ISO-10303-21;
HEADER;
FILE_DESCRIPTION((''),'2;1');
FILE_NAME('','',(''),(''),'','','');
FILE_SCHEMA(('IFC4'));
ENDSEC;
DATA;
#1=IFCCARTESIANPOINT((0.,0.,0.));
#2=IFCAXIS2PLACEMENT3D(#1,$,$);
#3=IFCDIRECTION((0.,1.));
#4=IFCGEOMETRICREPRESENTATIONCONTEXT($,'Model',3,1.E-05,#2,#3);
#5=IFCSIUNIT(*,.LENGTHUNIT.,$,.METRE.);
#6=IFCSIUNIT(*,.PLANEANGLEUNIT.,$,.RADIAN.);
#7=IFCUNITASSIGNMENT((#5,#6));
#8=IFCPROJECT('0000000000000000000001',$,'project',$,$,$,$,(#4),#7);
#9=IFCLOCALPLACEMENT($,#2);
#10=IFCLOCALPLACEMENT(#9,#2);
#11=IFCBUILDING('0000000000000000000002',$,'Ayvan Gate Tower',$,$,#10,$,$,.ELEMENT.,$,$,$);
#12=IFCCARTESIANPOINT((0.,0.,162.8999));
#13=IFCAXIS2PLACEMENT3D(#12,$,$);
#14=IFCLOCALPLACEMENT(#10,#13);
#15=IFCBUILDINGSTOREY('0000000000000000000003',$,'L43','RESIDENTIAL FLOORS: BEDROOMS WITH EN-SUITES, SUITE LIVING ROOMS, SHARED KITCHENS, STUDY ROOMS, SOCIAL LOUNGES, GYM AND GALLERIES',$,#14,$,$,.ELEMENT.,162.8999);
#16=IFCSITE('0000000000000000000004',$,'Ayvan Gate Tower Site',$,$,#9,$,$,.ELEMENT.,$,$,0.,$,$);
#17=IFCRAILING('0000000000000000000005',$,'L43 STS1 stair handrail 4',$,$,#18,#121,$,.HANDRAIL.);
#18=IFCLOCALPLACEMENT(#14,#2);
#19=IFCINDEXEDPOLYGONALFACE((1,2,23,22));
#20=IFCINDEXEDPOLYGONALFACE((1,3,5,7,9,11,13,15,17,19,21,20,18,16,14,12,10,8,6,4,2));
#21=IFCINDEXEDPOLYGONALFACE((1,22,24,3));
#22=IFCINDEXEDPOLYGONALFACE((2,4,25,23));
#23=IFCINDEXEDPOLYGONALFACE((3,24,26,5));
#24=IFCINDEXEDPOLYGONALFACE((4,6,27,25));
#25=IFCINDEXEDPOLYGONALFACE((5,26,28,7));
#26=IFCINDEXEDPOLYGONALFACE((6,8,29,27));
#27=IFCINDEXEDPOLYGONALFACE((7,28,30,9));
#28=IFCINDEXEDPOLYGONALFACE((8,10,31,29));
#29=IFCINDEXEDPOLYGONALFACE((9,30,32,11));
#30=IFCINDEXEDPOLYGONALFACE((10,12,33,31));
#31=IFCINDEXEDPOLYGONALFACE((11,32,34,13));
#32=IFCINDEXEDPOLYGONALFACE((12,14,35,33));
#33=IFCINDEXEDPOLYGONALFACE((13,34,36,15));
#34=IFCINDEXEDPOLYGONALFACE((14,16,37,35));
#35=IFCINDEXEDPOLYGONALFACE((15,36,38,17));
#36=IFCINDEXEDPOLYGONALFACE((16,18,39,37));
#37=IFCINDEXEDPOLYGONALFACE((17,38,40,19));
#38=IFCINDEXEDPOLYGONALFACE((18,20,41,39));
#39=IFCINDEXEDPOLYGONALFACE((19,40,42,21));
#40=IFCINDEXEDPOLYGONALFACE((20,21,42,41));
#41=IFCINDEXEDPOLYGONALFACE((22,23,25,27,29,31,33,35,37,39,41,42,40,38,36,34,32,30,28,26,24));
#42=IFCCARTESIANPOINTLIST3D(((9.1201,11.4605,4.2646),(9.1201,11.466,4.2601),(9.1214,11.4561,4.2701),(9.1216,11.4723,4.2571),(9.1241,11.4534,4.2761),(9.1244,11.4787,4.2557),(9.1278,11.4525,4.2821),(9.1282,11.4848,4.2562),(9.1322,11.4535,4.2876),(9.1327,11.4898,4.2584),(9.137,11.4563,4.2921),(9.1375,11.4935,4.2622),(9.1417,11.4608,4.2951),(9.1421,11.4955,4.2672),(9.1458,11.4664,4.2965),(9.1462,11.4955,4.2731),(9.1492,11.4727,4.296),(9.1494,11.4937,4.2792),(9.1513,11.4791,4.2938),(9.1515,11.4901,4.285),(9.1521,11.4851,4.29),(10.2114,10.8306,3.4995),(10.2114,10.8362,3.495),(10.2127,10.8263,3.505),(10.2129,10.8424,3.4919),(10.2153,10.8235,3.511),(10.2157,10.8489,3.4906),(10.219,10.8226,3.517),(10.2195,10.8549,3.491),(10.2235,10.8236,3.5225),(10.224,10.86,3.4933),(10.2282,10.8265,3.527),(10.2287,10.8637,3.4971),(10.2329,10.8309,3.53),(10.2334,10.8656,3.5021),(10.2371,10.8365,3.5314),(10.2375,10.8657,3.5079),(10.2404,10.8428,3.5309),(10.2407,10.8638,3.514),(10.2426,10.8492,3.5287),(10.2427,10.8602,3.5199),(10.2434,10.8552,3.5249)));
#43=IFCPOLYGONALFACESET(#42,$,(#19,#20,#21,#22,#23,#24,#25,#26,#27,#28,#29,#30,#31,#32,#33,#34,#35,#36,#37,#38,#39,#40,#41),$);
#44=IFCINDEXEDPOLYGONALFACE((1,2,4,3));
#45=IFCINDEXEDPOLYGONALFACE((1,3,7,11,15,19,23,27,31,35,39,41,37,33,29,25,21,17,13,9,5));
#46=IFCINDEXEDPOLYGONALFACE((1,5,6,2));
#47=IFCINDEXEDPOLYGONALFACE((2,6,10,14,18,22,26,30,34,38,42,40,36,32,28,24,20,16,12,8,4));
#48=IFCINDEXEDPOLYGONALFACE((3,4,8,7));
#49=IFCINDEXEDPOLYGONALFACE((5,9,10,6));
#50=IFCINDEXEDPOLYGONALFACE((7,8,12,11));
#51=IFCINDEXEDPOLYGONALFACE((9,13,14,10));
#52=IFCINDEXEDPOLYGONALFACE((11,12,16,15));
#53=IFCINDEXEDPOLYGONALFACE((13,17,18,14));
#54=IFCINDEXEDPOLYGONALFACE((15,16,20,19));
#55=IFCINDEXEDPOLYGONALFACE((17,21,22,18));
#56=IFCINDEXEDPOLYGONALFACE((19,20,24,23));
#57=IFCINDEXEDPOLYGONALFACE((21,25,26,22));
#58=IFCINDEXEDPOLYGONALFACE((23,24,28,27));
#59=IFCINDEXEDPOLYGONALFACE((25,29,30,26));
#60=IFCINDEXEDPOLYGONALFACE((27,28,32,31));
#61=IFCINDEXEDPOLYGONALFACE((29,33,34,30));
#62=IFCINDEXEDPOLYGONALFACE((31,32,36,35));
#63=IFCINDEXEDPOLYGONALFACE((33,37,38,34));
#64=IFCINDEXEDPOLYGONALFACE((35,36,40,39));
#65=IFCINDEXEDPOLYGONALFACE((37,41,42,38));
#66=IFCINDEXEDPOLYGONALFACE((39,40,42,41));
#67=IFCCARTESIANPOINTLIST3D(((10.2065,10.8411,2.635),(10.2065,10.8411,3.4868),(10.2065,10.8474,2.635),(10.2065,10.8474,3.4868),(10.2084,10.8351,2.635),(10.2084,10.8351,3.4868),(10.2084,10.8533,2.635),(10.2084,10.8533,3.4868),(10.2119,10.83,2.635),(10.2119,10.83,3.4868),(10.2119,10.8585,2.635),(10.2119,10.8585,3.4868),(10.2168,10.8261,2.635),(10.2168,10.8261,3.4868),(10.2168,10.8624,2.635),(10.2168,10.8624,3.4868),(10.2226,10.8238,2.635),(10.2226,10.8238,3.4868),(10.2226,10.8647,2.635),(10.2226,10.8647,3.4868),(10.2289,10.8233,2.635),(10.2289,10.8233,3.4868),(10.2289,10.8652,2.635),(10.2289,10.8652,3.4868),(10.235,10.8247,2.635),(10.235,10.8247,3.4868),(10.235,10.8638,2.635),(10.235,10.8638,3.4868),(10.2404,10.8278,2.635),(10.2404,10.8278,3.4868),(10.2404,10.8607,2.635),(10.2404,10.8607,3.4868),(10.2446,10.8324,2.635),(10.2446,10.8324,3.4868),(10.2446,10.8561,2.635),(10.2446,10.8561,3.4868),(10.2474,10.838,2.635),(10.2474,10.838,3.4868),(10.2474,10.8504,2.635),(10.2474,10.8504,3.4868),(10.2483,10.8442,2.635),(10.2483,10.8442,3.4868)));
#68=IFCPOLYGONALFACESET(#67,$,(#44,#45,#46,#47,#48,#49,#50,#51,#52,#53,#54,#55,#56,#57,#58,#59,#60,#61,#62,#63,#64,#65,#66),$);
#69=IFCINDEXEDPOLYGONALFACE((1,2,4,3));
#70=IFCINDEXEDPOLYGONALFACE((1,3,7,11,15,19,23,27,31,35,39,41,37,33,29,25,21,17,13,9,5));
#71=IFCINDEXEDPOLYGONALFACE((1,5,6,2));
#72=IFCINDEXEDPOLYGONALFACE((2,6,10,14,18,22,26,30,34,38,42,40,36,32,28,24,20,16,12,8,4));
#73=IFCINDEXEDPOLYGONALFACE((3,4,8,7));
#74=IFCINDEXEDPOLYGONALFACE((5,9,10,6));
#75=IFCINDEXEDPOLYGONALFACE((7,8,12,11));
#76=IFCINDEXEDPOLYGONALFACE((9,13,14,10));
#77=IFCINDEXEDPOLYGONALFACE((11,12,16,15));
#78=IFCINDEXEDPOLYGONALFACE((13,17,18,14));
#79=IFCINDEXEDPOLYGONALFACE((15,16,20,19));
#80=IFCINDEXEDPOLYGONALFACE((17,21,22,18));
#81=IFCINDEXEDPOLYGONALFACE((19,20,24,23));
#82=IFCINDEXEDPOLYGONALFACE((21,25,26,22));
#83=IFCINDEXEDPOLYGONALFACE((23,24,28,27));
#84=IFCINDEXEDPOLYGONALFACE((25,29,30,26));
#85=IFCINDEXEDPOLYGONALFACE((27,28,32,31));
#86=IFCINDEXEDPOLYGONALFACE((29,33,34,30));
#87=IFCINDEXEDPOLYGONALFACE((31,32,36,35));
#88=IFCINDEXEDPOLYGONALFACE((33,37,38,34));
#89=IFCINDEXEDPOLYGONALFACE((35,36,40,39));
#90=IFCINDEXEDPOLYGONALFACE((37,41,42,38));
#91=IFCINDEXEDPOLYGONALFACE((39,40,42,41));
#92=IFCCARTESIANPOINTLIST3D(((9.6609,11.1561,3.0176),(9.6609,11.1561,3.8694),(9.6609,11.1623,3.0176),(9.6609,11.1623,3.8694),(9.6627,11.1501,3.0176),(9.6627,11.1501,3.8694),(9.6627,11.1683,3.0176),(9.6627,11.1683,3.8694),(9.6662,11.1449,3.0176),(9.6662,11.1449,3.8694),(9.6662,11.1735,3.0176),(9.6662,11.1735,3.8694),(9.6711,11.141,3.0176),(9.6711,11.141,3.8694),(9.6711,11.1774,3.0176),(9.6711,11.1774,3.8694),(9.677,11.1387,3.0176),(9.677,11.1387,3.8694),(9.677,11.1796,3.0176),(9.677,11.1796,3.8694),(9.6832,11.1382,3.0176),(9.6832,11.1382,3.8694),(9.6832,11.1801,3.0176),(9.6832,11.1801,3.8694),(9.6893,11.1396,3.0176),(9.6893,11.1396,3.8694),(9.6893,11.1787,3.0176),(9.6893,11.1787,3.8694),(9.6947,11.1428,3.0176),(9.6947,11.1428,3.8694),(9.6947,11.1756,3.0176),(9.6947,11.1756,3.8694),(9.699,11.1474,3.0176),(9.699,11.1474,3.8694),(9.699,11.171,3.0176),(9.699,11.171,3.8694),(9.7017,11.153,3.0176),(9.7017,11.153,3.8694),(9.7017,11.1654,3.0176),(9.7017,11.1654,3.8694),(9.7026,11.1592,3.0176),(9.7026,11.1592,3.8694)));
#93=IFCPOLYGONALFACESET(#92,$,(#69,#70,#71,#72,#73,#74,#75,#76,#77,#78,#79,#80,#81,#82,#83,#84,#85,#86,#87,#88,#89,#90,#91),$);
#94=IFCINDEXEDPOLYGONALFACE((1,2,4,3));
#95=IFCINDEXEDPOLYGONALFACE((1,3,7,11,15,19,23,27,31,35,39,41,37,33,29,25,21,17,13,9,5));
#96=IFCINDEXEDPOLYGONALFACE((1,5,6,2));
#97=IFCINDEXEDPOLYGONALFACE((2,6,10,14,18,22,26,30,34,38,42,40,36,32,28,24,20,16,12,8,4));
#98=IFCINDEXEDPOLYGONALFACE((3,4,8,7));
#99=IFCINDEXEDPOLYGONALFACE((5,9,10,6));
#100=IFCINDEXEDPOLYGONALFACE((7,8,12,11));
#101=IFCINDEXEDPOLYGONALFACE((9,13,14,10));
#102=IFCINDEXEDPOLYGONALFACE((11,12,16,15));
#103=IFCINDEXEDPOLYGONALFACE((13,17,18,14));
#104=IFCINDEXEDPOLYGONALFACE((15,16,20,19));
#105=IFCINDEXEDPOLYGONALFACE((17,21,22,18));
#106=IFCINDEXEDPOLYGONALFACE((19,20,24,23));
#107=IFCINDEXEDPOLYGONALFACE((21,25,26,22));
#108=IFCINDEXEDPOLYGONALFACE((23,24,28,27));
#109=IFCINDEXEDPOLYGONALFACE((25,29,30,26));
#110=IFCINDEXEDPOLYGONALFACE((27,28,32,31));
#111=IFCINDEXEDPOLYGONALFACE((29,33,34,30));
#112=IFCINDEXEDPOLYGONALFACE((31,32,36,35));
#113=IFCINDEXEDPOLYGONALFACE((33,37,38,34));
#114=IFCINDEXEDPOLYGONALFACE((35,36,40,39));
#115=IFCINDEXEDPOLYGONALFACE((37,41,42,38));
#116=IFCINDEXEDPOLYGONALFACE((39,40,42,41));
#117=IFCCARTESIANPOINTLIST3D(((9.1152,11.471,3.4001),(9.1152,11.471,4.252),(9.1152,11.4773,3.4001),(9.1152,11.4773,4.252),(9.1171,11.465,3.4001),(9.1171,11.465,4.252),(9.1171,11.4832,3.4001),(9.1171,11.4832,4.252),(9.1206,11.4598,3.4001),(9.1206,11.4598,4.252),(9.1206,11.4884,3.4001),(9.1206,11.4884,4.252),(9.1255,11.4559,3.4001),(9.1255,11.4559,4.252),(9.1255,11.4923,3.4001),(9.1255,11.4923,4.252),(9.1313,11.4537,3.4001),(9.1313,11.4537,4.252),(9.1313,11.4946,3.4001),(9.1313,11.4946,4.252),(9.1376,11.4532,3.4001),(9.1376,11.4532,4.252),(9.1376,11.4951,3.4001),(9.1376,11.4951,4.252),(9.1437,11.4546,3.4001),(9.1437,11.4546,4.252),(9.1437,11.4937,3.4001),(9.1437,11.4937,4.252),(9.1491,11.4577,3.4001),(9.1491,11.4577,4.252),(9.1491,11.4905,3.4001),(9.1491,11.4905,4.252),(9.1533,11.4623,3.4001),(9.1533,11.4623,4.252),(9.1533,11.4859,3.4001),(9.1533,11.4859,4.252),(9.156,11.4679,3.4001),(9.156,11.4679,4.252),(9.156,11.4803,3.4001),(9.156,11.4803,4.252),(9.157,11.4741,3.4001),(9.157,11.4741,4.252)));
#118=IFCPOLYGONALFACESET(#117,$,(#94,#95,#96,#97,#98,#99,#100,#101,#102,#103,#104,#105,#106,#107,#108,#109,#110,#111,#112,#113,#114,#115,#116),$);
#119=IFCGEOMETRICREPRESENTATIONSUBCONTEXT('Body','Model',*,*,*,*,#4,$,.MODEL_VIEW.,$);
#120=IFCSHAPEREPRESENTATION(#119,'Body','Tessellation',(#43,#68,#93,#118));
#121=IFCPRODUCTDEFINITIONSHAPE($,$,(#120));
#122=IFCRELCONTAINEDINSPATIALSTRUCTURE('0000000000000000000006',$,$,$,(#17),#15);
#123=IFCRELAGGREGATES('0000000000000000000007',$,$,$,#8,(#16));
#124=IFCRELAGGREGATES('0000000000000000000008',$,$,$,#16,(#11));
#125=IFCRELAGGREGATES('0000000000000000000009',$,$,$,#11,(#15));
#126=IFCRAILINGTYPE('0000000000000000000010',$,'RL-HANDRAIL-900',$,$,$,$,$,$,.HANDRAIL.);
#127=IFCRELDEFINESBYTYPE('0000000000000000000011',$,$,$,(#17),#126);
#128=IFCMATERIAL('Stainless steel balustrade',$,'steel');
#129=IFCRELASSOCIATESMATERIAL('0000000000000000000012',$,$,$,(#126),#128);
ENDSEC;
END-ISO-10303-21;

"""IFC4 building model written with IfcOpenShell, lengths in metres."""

from ifc_helpers import new_model, si_unit, direction, frame, origin, origin_2d, place, context, subcontext, project, spatial, circle, extrude, material, type_object, element, save


model = new_model("IFC4")

# Units and contexts
model_context = context("Model", 3, precision=1e-05, world=origin(), true_north=direction((0.0, 1.0)))
body_context = subcontext(model_context, "Body", "Model", "MODEL_VIEW")
ifc_project = project(units=[si_unit("LENGTHUNIT", "METRE"), si_unit("PLANEANGLEUNIT", "RADIAN")], contexts=[model_context])

# Site, building, storey
site_placement = place(None, origin())
site = spatial("IfcSite", under=ifc_project, at=site_placement, Name="Ayvan Gate Tower Site", CompositionType="ELEMENT", RefElevation=0.0)
building_placement = place(site_placement, origin())
building = spatial("IfcBuilding", under=site, at=building_placement, Name="Ayvan Gate Tower", CompositionType="ELEMENT")
storey_placement = place(building_placement, frame((0.0, 0.0, 162.8999)))
storey = spatial("IfcBuildingStorey", under=building, at=storey_placement, Name="L43", Description="RESIDENTIAL FLOORS: BEDROOMS WITH EN-SUITES, SUITE LIVING ROOMS, SHARED KITCHENS, STUDY ROOMS, SOCIAL LOUNGES, GYM AND GALLERIES", CompositionType="ELEMENT", Elevation=162.8999)

# Railing
ifc_material_1 = material(Name="Stainless steel balustrade", Category="steel")
railing_type_1 = type_object("IfcRailingType", Name="RL-HANDRAIL-900", PredefinedType="HANDRAIL", material=ifc_material_1)
railing_1_placement = place(storey_placement, frame((10.2273, 10.8442, 2.635)))
element("IfcRailing", 1, at=railing_1_placement, inside=storey, type_object=railing_type_1, Name="L43 STS1 stair handrail 4", PredefinedType="HANDRAIL", context=body_context, shape_type="SweptSolid", body=[
    extrude(circle(Radius=0.0239, at=origin_2d()), frame((0.0, 0.0, 0.876), z_axis=(-0.740293, 0.427283, 0.519033), x_axis=(-0.49989, -0.866089, 0.0)), (0.0, 0.0, 1.0), 1.4741),
    extrude(circle(Radius=0.021, at=origin_2d()), origin(), (0.0, 0.0, 1.0), 0.8518),
    extrude(circle(Radius=0.021, at=origin_2d()), frame((-0.5457, 0.3149, 0.3826)), (0.0, 0.0, 1.0), 0.8518),
    extrude(circle(Radius=0.021, at=origin_2d()), frame((-1.0913, 0.6299, 0.7651)), (0.0, 0.0, 1.0), 0.8518),
])

save(model, "model.ifc")
